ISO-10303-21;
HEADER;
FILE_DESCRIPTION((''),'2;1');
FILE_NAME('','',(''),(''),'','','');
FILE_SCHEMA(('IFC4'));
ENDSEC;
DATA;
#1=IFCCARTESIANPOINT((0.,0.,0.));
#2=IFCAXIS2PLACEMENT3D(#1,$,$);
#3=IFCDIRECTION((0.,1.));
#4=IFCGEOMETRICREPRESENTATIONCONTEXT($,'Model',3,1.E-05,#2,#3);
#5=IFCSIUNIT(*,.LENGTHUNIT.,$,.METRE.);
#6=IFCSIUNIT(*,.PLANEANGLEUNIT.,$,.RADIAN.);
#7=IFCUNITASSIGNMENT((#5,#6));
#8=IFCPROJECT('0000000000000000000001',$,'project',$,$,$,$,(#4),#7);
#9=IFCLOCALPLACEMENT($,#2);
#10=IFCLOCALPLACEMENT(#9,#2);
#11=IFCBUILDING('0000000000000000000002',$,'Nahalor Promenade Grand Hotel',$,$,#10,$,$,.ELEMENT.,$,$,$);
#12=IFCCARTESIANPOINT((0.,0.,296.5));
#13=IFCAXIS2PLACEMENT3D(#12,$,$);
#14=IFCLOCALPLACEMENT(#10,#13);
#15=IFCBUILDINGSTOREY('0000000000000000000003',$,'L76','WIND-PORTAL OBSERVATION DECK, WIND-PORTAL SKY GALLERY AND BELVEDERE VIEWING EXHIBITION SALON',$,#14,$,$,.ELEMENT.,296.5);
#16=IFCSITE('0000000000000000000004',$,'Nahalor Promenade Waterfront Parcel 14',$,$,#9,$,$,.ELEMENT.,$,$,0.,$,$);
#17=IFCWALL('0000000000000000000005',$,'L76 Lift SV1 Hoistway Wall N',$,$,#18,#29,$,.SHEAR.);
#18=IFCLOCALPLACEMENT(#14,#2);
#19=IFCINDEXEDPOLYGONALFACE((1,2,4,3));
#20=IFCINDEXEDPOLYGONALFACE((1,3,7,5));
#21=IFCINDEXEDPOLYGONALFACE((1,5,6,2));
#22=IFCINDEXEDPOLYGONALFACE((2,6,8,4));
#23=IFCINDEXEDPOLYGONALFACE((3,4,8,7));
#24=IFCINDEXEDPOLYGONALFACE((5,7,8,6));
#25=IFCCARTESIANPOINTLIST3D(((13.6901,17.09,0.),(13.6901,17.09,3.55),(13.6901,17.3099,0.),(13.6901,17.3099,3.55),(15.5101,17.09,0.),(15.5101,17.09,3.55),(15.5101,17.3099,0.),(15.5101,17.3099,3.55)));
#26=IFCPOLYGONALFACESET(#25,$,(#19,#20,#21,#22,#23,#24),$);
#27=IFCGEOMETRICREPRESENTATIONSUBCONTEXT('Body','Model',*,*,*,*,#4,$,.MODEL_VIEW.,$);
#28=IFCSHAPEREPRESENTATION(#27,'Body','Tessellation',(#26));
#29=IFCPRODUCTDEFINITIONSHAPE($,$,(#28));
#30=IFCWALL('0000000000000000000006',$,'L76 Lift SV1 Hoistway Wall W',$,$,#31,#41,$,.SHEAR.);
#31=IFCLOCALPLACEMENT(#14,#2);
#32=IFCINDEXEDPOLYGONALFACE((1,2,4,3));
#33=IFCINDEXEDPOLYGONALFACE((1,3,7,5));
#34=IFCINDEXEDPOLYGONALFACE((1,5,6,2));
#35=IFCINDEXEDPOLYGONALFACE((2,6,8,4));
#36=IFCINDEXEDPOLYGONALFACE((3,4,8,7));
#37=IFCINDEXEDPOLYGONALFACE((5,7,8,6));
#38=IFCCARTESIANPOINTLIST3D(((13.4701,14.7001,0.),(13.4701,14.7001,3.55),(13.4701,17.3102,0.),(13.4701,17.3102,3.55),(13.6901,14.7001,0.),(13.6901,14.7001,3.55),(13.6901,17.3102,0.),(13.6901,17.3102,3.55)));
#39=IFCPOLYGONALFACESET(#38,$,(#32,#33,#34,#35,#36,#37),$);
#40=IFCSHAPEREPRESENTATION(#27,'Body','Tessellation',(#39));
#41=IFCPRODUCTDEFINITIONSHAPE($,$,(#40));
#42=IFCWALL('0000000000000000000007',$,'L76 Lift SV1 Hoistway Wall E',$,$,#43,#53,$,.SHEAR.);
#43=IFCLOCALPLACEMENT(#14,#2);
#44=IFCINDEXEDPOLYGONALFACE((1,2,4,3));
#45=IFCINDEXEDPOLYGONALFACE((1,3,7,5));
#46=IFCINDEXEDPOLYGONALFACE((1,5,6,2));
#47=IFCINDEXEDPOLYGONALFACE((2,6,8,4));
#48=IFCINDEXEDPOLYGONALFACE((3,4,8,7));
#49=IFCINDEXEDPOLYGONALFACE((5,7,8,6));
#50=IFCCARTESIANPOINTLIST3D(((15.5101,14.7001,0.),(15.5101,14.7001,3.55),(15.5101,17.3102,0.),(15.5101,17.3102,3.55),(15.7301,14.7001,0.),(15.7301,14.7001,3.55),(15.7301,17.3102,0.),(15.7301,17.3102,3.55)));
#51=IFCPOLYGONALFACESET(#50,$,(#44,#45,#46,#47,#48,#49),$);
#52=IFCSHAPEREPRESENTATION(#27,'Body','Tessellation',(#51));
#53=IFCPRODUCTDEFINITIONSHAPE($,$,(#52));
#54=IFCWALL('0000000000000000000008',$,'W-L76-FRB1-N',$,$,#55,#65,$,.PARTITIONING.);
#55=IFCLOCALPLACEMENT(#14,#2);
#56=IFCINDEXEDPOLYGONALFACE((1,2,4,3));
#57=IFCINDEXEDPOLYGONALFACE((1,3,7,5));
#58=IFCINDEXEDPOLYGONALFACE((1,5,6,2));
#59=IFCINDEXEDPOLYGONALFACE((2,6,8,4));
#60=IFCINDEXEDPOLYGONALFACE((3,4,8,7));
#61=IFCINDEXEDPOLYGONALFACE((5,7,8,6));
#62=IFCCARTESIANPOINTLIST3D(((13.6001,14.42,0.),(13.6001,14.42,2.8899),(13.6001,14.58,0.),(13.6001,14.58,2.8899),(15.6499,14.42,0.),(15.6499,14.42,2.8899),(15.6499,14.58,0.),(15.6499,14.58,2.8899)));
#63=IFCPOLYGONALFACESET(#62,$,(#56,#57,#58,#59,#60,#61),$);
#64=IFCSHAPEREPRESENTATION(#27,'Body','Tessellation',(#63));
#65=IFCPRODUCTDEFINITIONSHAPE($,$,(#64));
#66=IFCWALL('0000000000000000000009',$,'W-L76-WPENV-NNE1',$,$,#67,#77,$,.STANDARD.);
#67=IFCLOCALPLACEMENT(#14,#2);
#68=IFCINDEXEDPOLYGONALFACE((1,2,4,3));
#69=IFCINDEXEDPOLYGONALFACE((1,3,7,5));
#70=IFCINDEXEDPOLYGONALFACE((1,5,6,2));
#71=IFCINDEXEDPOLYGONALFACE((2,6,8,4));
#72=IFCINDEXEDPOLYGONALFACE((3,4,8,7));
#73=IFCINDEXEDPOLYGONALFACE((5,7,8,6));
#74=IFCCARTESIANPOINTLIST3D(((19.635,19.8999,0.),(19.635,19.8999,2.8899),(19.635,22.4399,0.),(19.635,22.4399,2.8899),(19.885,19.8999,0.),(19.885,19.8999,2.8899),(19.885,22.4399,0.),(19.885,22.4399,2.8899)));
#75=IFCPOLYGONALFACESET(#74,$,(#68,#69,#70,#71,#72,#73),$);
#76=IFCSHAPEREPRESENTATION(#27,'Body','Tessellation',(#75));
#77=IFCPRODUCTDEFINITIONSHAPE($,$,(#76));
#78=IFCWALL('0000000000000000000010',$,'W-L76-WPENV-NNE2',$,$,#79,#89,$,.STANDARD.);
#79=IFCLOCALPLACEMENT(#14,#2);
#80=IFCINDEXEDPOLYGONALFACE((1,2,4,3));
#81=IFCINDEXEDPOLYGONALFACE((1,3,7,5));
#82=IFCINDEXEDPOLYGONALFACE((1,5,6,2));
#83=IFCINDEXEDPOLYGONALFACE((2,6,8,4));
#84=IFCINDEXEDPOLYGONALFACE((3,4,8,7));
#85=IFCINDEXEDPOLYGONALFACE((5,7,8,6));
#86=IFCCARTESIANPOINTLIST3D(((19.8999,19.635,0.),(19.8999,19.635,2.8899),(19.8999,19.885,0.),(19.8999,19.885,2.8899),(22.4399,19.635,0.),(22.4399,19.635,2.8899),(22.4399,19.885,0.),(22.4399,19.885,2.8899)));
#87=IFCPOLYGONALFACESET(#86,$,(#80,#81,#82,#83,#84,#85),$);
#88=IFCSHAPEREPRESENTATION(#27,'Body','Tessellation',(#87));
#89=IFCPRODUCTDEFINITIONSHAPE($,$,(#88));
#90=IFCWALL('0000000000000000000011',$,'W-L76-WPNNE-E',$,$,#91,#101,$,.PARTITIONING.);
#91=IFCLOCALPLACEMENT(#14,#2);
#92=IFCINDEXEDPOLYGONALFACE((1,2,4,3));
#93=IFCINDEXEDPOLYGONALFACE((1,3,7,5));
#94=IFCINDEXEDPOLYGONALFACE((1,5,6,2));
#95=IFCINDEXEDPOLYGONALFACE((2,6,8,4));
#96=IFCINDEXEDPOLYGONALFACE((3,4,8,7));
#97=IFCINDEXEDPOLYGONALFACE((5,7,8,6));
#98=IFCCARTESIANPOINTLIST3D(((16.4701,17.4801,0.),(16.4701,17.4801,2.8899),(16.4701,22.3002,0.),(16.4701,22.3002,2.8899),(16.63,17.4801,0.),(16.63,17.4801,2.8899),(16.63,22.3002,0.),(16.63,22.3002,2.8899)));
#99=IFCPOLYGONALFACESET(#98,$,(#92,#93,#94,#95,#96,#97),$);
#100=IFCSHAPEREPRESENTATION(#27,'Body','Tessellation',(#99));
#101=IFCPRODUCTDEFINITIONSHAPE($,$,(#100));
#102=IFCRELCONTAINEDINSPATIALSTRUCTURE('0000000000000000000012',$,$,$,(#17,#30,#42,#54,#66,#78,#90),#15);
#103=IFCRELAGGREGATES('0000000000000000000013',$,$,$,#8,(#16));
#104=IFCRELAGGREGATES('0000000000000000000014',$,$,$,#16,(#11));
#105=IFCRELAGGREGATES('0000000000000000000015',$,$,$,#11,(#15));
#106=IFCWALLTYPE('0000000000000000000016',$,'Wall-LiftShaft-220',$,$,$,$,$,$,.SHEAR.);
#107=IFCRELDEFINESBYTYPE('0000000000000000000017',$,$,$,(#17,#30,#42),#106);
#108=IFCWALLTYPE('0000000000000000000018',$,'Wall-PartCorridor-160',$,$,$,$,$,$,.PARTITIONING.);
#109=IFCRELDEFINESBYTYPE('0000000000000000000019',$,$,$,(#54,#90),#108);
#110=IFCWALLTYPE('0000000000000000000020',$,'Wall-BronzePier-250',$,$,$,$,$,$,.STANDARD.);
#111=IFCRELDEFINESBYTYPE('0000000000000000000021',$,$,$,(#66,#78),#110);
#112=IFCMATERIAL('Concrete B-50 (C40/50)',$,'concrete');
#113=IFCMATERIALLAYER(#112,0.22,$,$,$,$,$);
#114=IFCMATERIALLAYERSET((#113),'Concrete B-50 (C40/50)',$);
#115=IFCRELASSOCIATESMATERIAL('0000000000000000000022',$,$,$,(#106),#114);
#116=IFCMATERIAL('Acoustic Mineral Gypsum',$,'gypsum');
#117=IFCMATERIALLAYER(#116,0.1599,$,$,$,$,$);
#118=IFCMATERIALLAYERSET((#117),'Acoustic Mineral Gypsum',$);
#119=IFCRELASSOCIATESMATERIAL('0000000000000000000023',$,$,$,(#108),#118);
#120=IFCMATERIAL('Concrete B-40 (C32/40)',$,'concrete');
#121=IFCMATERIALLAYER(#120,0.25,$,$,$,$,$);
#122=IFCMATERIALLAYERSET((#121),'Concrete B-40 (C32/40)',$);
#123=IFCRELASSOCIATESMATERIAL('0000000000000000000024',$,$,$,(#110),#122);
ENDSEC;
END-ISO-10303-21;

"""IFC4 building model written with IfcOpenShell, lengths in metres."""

from ifc_helpers import new_model, si_unit, direction, frame, frame_2d, origin, place, context, subcontext, project, spatial, rectangle, extrude, source, transform, mapped, material, layer, layer_set, type_object, element, save


model = new_model("IFC4")

# Units and contexts
model_context = context("Model", 3, precision=1e-05, world=origin(), true_north=direction((0.0, 1.0)))
body_context = subcontext(model_context, "Body", "Model", "MODEL_VIEW")
ifc_project = project(units=[si_unit("LENGTHUNIT", "METRE"), si_unit("PLANEANGLEUNIT", "RADIAN")], contexts=[model_context])

# Site, building, storey
site_placement = place(None, origin())
site = spatial("IfcSite", under=ifc_project, at=site_placement, Name="Nahalor Promenade Waterfront Parcel 14", CompositionType="ELEMENT", RefElevation=0.0)
building_placement = place(site_placement, origin())
building = spatial("IfcBuilding", under=site, at=building_placement, Name="Nahalor Promenade Grand Hotel", CompositionType="ELEMENT")
storey_placement = place(building_placement, frame((0.0, 0.0, 296.5)))
storey = spatial("IfcBuildingStorey", under=building, at=storey_placement, Name="L76", Description="WIND-PORTAL OBSERVATION DECK, WIND-PORTAL SKY GALLERY AND BELVEDERE VIEWING EXHIBITION SALON", CompositionType="ELEMENT", Elevation=296.5)

# Shared definitions
ifc_material_1 = material(Name="Concrete B-50 (C40/50)", Category="concrete")

# Walls
ifc_layer_1 = layer(ifc_material_1, 0.22)
ifc_layer_set_1 = layer_set([ifc_layer_1], Name="Concrete B-50 (C40/50)")
wall_type_1 = type_object("IfcWallType", Name="Wall-LiftShaft-220", PredefinedType="SHEAR", material=ifc_layer_set_1)
shared_shape_1 = source(origin(), body_context, "Body", "SweptSolid", [
    extrude(rectangle(XDim=1.8201, YDim=0.22, at=frame_2d((0.9102, 0.0))), origin(), (0.0, 0.0, 1.0), 3.55),
])
wall_1_placement = place(storey_placement, frame((13.6899, 17.2, 0.0), z_axis=(0.0, 0.0, 1.0), x_axis=(1.0, 0.0, 0.0)))
element("IfcWall", 1, at=wall_1_placement, inside=storey, type_object=wall_type_1, Name="L76 Lift SV1 Hoistway Wall N", PredefinedType="SHEAR", context=body_context, shape_type="MappedRepresentation", body=[
    mapped(shared_shape_1, transform((0.0, 0.0, 0.0), scale=1.0)),
])
shared_shape_2 = source(origin(), body_context, "Body", "SweptSolid", [
    extrude(rectangle(XDim=2.6101, YDim=0.22, at=frame_2d((1.3052, 0.0))), origin(), (0.0, 0.0, 1.0), 3.55),
])
for number, where, z_axis, x_axis, name in (
    (2, (13.5801, 14.7, 0.0), (0.0, 0.0, 1.0), (0.0, 1.0, 0.0), "L76 Lift SV1 Hoistway Wall W"),
    (3, (15.6201, 14.7, 0.0), (0.0, 0.0, 1.0), (0.0, 1.0, 0.0), "L76 Lift SV1 Hoistway Wall E"),
):
    element("IfcWall", number, at=place(storey_placement, frame(where, z_axis=z_axis, x_axis=x_axis)), inside=storey, type_object=wall_type_1, Name=name, PredefinedType="SHEAR", context=body_context, shape_type="MappedRepresentation", body=[
        mapped(shared_shape_2, transform((0.0, 0.0, 0.0), scale=1.0)),
    ])
ifc_material_2 = material(Name="Acoustic Mineral Gypsum", Category="gypsum")
ifc_layer_2 = layer(ifc_material_2, 0.1599)
ifc_layer_set_2 = layer_set([ifc_layer_2], Name="Acoustic Mineral Gypsum")
wall_type_2 = type_object("IfcWallType", Name="Wall-PartCorridor-160", PredefinedType="PARTITIONING", material=ifc_layer_set_2)
shared_shape_3 = source(origin(), body_context, "Body", "SweptSolid", [
    extrude(rectangle(XDim=2.0498, YDim=0.1599, at=frame_2d((1.0249, 0.0))), origin(), (0.0, 0.0, 1.0), 2.8899),
])
wall_2_placement = place(storey_placement, frame((13.6001, 14.5, 0.0), z_axis=(0.0, 0.0, 1.0), x_axis=(1.0, 0.0, 0.0)))
element("IfcWall", 4, at=wall_2_placement, inside=storey, type_object=wall_type_2, Name="W-L76-FRB1-N", PredefinedType="PARTITIONING", context=body_context, shape_type="MappedRepresentation", body=[
    mapped(shared_shape_3, transform((0.0, 0.0, 0.0), scale=1.0)),
])
ifc_material_3 = material(Name="Concrete B-40 (C32/40)", Category="concrete")
ifc_layer_3 = layer(ifc_material_3, 0.25)
ifc_layer_set_3 = layer_set([ifc_layer_3], Name="Concrete B-40 (C32/40)")
wall_type_3 = type_object("IfcWallType", Name="Wall-BronzePier-250", PredefinedType="STANDARD", material=ifc_layer_set_3)
shared_shape_4 = source(origin(), body_context, "Body", "SweptSolid", [
    extrude(rectangle(XDim=2.54, YDim=0.25, at=frame_2d((1.27, 0.0))), origin(), (0.0, 0.0, 1.0), 2.8899),
])
for number, where, z_axis, x_axis, name in (
    (5, (19.76, 19.8999, 0.0), (0.0, 0.0, 1.0), (0.0, 1.0, 0.0), "W-L76-WPENV-NNE1"),
    (6, (19.8999, 19.76, 0.0), (0.0, 0.0, 1.0), (1.0, 0.0, 0.0), "W-L76-WPENV-NNE2"),
):
    element("IfcWall", number, at=place(storey_placement, frame(where, z_axis=z_axis, x_axis=x_axis)), inside=storey, type_object=wall_type_3, Name=name, PredefinedType="STANDARD", context=body_context, shape_type="MappedRepresentation", body=[
        mapped(shared_shape_4, transform((0.0, 0.0, 0.0), scale=1.0)),
    ])
shared_shape_5 = source(origin(), body_context, "Body", "SweptSolid", [
    extrude(rectangle(XDim=4.8201, YDim=0.1599, at=frame_2d((2.4102, 0.0))), origin(), (0.0, 0.0, 1.0), 2.8899),
])
wall_3_placement = place(storey_placement, frame((16.55, 17.48, 0.0), z_axis=(0.0, 0.0, 1.0), x_axis=(0.0, 1.0, 0.0)))
element("IfcWall", 7, at=wall_3_placement, inside=storey, type_object=wall_type_2, Name="W-L76-WPNNE-E", PredefinedType="PARTITIONING", context=body_context, shape_type="MappedRepresentation", body=[
    mapped(shared_shape_5, transform((0.0, 0.0, 0.0), scale=1.0)),
])

save(model, "model.ifc")
